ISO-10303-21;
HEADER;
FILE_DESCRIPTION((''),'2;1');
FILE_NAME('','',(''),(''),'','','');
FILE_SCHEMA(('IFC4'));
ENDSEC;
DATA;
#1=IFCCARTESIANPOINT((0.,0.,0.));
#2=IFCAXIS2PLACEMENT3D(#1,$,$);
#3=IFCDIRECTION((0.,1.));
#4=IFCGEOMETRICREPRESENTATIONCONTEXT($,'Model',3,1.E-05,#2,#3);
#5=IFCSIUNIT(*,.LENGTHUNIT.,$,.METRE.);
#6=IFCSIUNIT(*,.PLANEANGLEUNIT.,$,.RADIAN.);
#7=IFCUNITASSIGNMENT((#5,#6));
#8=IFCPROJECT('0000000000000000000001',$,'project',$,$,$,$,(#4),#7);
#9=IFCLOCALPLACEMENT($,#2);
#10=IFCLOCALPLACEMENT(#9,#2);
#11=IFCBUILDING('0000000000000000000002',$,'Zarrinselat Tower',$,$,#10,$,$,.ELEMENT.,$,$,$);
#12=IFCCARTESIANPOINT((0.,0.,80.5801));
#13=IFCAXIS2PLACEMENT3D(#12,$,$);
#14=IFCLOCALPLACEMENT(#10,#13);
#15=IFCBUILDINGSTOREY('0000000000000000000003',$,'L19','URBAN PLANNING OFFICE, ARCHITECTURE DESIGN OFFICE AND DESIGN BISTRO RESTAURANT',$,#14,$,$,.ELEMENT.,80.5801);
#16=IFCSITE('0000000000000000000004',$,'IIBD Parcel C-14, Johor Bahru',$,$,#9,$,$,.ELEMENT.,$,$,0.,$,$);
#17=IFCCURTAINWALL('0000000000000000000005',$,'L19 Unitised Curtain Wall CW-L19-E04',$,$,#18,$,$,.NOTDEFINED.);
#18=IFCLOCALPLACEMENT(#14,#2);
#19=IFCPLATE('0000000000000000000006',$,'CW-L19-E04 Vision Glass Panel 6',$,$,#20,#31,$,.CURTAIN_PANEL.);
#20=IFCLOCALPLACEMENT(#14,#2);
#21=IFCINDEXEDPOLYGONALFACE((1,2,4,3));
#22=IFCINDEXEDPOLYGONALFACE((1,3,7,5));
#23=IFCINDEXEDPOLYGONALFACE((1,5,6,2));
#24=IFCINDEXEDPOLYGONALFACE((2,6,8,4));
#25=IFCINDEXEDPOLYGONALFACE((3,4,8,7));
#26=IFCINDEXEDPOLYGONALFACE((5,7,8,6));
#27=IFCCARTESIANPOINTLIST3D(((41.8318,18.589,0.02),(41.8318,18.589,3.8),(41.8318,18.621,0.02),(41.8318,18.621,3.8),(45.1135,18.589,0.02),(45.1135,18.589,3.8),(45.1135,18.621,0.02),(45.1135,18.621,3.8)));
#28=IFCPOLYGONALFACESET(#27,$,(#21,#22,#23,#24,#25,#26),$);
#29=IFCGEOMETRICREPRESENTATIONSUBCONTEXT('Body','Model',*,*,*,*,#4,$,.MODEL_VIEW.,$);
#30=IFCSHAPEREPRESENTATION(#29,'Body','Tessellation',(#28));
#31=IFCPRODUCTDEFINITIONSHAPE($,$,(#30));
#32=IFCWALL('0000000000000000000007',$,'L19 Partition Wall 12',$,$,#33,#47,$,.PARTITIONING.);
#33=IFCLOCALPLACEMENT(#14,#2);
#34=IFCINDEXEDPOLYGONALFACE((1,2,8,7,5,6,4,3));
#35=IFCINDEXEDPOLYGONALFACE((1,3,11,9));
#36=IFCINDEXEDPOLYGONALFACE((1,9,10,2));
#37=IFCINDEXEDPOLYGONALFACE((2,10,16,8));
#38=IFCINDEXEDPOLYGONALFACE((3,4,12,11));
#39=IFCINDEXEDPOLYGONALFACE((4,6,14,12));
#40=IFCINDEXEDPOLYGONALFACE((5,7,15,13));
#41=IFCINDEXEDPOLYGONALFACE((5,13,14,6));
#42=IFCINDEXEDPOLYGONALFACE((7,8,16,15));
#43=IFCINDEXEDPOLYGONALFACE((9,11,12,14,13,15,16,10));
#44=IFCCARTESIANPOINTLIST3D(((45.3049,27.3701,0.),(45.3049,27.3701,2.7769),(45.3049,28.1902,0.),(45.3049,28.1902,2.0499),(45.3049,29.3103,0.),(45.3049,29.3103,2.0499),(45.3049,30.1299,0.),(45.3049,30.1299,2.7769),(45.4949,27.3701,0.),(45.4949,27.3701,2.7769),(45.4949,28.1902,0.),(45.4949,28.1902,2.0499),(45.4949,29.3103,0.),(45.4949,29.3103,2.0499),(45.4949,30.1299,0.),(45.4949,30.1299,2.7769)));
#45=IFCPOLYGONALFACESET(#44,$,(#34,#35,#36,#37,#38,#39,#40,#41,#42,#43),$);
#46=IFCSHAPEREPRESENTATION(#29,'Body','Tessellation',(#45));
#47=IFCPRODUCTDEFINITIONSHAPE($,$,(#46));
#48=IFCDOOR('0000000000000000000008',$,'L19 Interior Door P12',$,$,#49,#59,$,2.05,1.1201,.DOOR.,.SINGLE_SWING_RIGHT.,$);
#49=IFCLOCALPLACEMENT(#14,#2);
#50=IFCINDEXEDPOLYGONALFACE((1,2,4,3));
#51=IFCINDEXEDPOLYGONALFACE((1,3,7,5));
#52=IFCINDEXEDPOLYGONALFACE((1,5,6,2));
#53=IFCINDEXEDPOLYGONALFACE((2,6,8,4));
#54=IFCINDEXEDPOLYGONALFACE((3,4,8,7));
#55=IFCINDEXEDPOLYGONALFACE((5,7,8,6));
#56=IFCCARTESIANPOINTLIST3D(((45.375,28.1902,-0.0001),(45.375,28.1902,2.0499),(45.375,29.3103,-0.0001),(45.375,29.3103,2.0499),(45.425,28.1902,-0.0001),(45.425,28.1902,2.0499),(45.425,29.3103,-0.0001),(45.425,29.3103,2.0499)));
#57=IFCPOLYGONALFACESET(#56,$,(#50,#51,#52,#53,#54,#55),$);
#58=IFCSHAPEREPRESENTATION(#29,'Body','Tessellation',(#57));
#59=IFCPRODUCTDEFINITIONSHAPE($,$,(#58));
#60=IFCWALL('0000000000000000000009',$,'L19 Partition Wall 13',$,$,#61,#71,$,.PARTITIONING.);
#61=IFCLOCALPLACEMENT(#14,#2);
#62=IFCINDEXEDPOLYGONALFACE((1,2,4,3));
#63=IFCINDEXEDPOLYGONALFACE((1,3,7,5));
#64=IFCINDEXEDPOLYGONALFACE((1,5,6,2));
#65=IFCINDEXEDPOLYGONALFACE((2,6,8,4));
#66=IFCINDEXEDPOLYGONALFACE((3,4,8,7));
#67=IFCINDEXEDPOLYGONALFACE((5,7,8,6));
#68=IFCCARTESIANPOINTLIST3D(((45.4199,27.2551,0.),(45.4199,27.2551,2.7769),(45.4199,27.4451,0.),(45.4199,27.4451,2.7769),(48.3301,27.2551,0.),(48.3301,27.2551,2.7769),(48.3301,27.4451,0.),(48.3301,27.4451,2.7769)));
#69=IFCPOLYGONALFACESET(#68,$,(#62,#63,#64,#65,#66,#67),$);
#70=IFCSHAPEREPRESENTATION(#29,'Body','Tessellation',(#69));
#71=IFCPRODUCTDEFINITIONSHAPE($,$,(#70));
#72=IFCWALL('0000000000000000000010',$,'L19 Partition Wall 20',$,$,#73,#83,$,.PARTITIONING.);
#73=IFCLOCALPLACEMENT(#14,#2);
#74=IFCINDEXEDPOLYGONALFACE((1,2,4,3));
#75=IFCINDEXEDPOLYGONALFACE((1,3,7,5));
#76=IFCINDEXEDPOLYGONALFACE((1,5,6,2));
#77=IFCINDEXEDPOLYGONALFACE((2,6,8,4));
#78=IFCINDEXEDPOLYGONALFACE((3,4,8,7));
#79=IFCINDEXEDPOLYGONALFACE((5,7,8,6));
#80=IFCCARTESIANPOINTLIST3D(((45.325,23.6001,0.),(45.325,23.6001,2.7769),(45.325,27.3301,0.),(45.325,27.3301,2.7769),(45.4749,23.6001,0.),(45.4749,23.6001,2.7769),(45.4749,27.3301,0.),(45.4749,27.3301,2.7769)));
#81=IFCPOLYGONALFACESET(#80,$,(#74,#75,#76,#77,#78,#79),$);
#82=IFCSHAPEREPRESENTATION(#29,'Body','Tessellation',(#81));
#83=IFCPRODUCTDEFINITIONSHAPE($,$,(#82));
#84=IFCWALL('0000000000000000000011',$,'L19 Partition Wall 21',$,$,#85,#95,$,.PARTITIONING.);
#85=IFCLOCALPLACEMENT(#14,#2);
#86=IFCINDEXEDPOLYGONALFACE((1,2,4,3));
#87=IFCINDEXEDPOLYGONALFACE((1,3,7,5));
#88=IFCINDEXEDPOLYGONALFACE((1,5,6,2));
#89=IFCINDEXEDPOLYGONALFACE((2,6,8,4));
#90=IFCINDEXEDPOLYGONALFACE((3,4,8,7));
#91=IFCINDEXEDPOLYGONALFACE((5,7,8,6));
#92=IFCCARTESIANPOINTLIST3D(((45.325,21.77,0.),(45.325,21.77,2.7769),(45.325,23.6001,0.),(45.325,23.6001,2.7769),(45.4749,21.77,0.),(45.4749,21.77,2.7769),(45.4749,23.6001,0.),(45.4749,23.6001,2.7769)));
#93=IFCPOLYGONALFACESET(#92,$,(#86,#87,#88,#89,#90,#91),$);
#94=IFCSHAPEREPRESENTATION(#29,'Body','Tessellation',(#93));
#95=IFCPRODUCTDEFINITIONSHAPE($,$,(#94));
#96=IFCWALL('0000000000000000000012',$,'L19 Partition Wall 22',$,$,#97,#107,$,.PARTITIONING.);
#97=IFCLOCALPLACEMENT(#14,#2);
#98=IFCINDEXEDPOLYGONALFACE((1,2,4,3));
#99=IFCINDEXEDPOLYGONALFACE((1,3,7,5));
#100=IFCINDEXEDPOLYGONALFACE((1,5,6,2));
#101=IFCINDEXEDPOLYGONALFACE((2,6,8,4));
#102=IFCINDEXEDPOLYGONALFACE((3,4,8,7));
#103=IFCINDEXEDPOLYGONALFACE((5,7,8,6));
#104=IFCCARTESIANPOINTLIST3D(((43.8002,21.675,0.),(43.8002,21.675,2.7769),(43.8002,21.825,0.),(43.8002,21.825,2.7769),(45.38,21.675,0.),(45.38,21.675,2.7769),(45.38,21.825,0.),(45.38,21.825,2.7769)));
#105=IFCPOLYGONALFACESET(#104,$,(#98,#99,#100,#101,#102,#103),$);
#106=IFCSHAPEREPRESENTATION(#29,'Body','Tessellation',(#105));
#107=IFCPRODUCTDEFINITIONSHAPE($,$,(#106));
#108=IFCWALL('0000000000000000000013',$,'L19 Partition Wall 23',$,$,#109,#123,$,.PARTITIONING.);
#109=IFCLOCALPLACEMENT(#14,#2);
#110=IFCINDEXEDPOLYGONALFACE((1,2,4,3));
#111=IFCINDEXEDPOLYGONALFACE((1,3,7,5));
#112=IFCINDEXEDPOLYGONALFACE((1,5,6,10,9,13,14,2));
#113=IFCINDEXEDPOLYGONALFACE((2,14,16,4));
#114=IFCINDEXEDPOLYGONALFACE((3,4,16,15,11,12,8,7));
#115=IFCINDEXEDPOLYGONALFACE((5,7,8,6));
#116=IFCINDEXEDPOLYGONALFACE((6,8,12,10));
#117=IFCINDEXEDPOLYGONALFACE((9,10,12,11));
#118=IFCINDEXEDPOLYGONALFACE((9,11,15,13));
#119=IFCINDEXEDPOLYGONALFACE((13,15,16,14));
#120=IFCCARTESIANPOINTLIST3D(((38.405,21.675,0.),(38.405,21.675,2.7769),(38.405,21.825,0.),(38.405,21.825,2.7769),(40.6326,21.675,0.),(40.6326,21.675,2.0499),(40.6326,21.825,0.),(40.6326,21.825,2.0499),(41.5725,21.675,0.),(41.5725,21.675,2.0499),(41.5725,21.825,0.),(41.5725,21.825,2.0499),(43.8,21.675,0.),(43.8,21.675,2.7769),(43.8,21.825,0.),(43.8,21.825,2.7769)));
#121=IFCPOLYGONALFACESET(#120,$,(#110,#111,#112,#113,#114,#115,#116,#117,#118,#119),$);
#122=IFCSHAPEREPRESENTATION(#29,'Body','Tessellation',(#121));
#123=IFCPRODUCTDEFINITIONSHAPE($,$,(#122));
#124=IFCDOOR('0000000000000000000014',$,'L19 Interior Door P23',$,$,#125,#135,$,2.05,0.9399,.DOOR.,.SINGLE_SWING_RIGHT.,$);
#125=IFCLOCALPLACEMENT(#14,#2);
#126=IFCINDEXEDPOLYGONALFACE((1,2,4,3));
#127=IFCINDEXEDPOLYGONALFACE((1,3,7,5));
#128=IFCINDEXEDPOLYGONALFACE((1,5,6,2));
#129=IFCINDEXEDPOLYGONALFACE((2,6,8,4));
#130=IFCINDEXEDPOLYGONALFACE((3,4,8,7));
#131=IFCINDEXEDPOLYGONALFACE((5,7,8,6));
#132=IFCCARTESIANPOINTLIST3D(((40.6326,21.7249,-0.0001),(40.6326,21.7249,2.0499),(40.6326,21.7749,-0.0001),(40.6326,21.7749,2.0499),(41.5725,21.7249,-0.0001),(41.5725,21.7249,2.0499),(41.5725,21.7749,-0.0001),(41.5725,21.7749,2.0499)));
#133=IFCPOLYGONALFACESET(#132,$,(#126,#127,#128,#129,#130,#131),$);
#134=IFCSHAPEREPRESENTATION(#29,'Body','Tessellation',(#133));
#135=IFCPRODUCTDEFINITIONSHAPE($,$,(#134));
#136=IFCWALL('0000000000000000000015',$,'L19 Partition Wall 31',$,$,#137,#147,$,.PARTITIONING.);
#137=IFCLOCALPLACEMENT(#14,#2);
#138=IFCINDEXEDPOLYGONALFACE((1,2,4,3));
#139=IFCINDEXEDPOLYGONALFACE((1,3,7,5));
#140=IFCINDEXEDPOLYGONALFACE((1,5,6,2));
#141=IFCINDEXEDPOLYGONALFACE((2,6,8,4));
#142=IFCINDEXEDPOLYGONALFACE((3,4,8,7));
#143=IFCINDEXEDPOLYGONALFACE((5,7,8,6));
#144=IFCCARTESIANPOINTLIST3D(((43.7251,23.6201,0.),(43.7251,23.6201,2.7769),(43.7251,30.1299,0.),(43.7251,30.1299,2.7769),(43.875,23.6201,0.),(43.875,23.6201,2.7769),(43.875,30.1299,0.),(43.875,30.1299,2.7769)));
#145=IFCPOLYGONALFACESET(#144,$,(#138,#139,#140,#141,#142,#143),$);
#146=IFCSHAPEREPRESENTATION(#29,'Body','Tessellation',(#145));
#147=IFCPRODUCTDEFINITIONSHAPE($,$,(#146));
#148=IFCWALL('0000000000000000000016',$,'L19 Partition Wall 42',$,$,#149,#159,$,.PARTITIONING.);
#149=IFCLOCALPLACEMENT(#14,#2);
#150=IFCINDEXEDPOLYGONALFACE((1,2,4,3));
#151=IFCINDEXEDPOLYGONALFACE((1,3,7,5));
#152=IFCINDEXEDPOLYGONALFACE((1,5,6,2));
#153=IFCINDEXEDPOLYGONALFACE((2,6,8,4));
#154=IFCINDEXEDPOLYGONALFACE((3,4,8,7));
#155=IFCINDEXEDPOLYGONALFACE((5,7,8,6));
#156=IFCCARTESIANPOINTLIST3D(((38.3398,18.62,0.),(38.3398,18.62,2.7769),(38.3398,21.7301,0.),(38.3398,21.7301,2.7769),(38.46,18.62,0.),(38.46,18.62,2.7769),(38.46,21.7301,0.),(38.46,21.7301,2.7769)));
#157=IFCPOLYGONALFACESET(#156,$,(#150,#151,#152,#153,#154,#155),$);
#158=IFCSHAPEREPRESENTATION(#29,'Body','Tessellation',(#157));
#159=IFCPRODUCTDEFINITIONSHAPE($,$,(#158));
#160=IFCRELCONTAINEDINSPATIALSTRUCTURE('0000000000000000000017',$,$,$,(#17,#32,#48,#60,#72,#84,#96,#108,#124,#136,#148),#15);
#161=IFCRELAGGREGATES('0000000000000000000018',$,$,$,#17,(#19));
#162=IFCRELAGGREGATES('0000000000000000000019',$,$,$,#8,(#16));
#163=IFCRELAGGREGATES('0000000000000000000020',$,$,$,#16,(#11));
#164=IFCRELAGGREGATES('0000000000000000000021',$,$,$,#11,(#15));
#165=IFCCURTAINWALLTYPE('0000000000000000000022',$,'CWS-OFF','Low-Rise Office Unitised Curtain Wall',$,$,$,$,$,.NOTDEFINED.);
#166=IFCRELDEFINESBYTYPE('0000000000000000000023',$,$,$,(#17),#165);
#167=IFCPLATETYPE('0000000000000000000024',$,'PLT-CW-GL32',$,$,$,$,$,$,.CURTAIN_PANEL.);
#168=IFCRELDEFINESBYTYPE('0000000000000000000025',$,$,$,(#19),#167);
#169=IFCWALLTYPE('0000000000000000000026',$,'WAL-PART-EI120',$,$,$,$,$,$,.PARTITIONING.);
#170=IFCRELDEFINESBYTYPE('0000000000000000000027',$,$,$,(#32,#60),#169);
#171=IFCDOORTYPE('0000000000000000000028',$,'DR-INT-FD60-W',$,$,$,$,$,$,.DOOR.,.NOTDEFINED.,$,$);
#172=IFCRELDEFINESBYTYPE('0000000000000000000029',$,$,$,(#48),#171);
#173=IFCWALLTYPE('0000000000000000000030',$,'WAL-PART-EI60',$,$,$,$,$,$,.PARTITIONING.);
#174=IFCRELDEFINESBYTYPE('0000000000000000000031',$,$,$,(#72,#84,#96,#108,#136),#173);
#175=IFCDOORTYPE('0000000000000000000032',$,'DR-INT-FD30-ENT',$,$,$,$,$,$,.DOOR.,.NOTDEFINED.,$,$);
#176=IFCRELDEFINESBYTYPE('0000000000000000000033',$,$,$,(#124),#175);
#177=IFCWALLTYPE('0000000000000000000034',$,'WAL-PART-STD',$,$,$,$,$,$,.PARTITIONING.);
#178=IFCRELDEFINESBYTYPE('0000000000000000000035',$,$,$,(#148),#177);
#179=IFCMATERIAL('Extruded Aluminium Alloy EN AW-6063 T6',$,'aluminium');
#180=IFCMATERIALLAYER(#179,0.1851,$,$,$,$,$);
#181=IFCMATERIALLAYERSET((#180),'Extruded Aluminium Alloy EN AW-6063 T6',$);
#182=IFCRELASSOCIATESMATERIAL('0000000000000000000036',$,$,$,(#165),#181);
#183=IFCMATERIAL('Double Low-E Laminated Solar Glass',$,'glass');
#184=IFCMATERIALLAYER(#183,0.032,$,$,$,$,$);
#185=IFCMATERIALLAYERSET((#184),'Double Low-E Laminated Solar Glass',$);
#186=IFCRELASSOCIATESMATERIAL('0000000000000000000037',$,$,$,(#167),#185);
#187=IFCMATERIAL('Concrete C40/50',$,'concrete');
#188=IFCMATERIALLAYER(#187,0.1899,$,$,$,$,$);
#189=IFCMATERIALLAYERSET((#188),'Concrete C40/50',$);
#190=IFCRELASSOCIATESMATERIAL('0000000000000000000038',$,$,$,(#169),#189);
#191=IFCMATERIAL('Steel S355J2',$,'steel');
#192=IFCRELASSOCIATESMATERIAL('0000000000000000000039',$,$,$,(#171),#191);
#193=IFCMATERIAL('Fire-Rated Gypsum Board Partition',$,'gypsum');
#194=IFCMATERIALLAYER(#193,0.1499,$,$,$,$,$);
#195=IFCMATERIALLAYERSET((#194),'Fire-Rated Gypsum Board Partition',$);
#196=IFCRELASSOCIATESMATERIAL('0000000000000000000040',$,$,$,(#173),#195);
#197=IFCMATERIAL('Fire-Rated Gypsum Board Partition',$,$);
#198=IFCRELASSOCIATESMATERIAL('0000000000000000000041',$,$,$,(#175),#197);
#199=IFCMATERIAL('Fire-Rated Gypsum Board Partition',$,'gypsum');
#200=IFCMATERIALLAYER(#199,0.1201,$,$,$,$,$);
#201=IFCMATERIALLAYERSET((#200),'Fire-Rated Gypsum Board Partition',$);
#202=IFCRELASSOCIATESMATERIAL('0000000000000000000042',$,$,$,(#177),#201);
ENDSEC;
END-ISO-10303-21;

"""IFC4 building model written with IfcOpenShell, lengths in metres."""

from ifc_helpers import new_model, si_unit, direction, frame, frame_2d, origin, origin_2d, place, context, subcontext, project, spatial, rectangle, extrude, material, layer, layer_set, type_object, element, fill, aggregate, save


model = new_model("IFC4")

# Units and contexts
model_context = context("Model", 3, precision=1e-05, world=origin(), true_north=direction((0.0, 1.0)))
body_context = subcontext(model_context, "Body", "Model", "MODEL_VIEW")
ifc_project = project(units=[si_unit("LENGTHUNIT", "METRE"), si_unit("PLANEANGLEUNIT", "RADIAN")], contexts=[model_context])

# Site, building, storey
site_placement = place(None, origin())
site = spatial("IfcSite", under=ifc_project, at=site_placement, Name="IIBD Parcel C-14, Johor Bahru", CompositionType="ELEMENT", RefElevation=0.0)
building_placement = place(site_placement, origin())
building = spatial("IfcBuilding", under=site, at=building_placement, Name="Zarrinselat Tower", CompositionType="ELEMENT")
storey_placement = place(building_placement, frame((0.0, 0.0, 80.5801)))
storey = spatial("IfcBuildingStorey", under=building, at=storey_placement, Name="L19", Description="URBAN PLANNING OFFICE, ARCHITECTURE DESIGN OFFICE AND DESIGN BISTRO RESTAURANT", CompositionType="ELEMENT", Elevation=80.5801)

# Curtain wall, plate
ifc_material_1 = material(Name="Extruded Aluminium Alloy EN AW-6063 T6", Category="aluminium")
ifc_layer_1 = layer(ifc_material_1, 0.1851)
ifc_layer_set_1 = layer_set([ifc_layer_1], Name="Extruded Aluminium Alloy EN AW-6063 T6")
curtain_wall_type = type_object("IfcCurtainWallType", Name="CWS-OFF", Description="Low-Rise Office Unitised Curtain Wall", PredefinedType="NOTDEFINED", material=ifc_layer_set_1)
curtain_wall_placement = place(storey_placement, origin())
curtain_wall = element("IfcCurtainWall", 1, at=curtain_wall_placement, inside=storey, type_object=curtain_wall_type, Name="L19 Unitised Curtain Wall CW-L19-E04", PredefinedType="NOTDEFINED")
ifc_material_2 = material(Name="Double Low-E Laminated Solar Glass", Category="glass")
ifc_layer_2 = layer(ifc_material_2, 0.032)
ifc_layer_set_2 = layer_set([ifc_layer_2], Name="Double Low-E Laminated Solar Glass")
plate_type = type_object("IfcPlateType", Name="PLT-CW-GL32", PredefinedType="CURTAIN_PANEL", material=ifc_layer_set_2)
plate_1_placement = place(storey_placement, frame((43.4727, 18.605, 0.02), z_axis=(0.0, 0.0, 1.0), x_axis=(1.0, 0.0, 0.0)))
plate_1 = element("IfcPlate", 2, at=plate_1_placement, type_object=plate_type, Name="CW-L19-E04 Vision Glass Panel 6", PredefinedType="CURTAIN_PANEL", context=body_context, shape_type="SweptSolid", body=[
    extrude(rectangle(XDim=3.2817, YDim=0.032, at=origin_2d()), origin(), (0.0, 0.0, 1.0), 3.78),
])
aggregate(curtain_wall, [plate_1])

# Wall, opening, door
ifc_material_3 = material(Name="Concrete C40/50", Category="concrete")
ifc_layer_3 = layer(ifc_material_3, 0.1899)
ifc_layer_set_3 = layer_set([ifc_layer_3], Name="Concrete C40/50")
wall_type_1 = type_object("IfcWallType", Name="WAL-PART-EI120", PredefinedType="PARTITIONING", material=ifc_layer_set_3)
wall_1_placement = place(storey_placement, frame((45.3999, 27.3701, 0.0), z_axis=(0.0, 0.0, 1.0), x_axis=(0.0, 1.0, 0.0)))
wall_1 = element("IfcWall", 3, at=wall_1_placement, inside=storey, type_object=wall_type_1, Name="L19 Partition Wall 12", PredefinedType="PARTITIONING", context=body_context, shape_type="SweptSolid", body=[
    extrude(rectangle(XDim=2.7598, YDim=0.1899, at=frame_2d((1.3799, 0.0))), origin(), (0.0, 0.0, 1.0), 2.7769),
])
opening_1_placement = place(wall_1_placement, frame((0.8201, 0.0, 0.0)))
opening_1 = element("IfcOpeningElement", 4, at=opening_1_placement, cuts=wall_1, PredefinedType="OPENING", context=body_context, shape_type="SweptSolid", body=[
    extrude(rectangle(XDim=1.1201, YDim=2.05, at=frame_2d((0.5601, 1.0249))), frame((0.0, 0.105, 0.0), z_axis=(0.0, -1.0, 0.0), x_axis=(1.0, 0.0, 0.0)), (0.0, 0.0, 1.0), 0.21),
])
ifc_material_4 = material(Name="Steel S355J2", Category="steel")
door_type_1 = type_object("IfcDoorType", Name="DR-INT-FD60-W", OperationType="NOTDEFINED", PredefinedType="DOOR", material=ifc_material_4)
door_1_placement = place(opening_1_placement, origin())
door_1 = element("IfcDoor", 5, at=door_1_placement, inside=storey, type_object=door_type_1, Name="L19 Interior Door P12", OperationType="SINGLE_SWING_RIGHT", OverallHeight=2.05, OverallWidth=1.1201, PredefinedType="DOOR", context=body_context, shape_type="SweptSolid", body=[
    extrude(rectangle(XDim=1.1201, YDim=2.05, at=frame_2d((0.5601, 1.0249))), frame((0.0, 0.0249, 0.0), z_axis=(0.0, -1.0, 0.0), x_axis=(1.0, 0.0, 0.0)), (0.0, 0.0, 1.0), 0.05),
])
fill(opening_1, door_1)

# Walls
wall_2_placement = place(storey_placement, frame((45.4199, 27.3501, 0.0), z_axis=(0.0, 0.0, 1.0), x_axis=(1.0, 0.0, 0.0)))
element("IfcWall", 6, at=wall_2_placement, inside=storey, type_object=wall_type_1, Name="L19 Partition Wall 13", PredefinedType="PARTITIONING", context=body_context, shape_type="SweptSolid", body=[
    extrude(rectangle(XDim=2.9102, YDim=0.1899, at=frame_2d((1.4551, 0.0))), origin(), (0.0, 0.0, 1.0), 2.7769),
])
ifc_material_5 = material(Name="Fire-Rated Gypsum Board Partition", Category="gypsum")
ifc_layer_4 = layer(ifc_material_5, 0.1499)
ifc_layer_set_4 = layer_set([ifc_layer_4], Name="Fire-Rated Gypsum Board Partition")
wall_type_2 = type_object("IfcWallType", Name="WAL-PART-EI60", PredefinedType="PARTITIONING", material=ifc_layer_set_4)
wall_3_placement = place(storey_placement, frame((45.3999, 23.6001, 0.0), z_axis=(0.0, 0.0, 1.0), x_axis=(0.0, 1.0, 0.0)))
element("IfcWall", 7, at=wall_3_placement, inside=storey, type_object=wall_type_2, Name="L19 Partition Wall 20", PredefinedType="PARTITIONING", context=body_context, shape_type="SweptSolid", body=[
    extrude(rectangle(XDim=3.73, YDim=0.1499, at=frame_2d((1.865, 0.0))), origin(), (0.0, 0.0, 1.0), 2.7769),
])
wall_4_placement = place(storey_placement, frame((45.3999, 21.77, 0.0), z_axis=(0.0, 0.0, 1.0), x_axis=(0.0, 1.0, 0.0)))
element("IfcWall", 8, at=wall_4_placement, inside=storey, type_object=wall_type_2, Name="L19 Partition Wall 21", PredefinedType="PARTITIONING", context=body_context, shape_type="SweptSolid", body=[
    extrude(rectangle(XDim=1.8301, YDim=0.1499, at=frame_2d((0.915, 0.0))), origin(), (0.0, 0.0, 1.0), 2.7769),
])
wall_5_placement = place(storey_placement, frame((43.8, 21.75, 0.0), z_axis=(0.0, 0.0, 1.0), x_axis=(1.0, 0.0, 0.0)))
element("IfcWall", 9, at=wall_5_placement, inside=storey, type_object=wall_type_2, Name="L19 Partition Wall 22", PredefinedType="PARTITIONING", context=body_context, shape_type="SweptSolid", body=[
    extrude(rectangle(XDim=1.5798, YDim=0.1499, at=frame_2d((0.79, 0.0))), origin(), (0.0, 0.0, 1.0), 2.7769),
])

# Wall, opening, door
wall_6_placement = place(storey_placement, frame((38.405, 21.75, 0.0), z_axis=(0.0, 0.0, 1.0), x_axis=(1.0, 0.0, 0.0)))
wall_6 = element("IfcWall", 10, at=wall_6_placement, inside=storey, type_object=wall_type_2, Name="L19 Partition Wall 23", PredefinedType="PARTITIONING", context=body_context, shape_type="SweptSolid", body=[
    extrude(rectangle(XDim=5.395, YDim=0.1499, at=frame_2d((2.6975, 0.0))), origin(), (0.0, 0.0, 1.0), 2.7769),
])
opening_2_placement = place(wall_6_placement, frame((2.2275, 0.0, 0.0)))
opening_2 = element("IfcOpeningElement", 11, at=opening_2_placement, cuts=wall_6, PredefinedType="OPENING", context=body_context, shape_type="SweptSolid", body=[
    extrude(rectangle(XDim=0.9399, YDim=2.05, at=frame_2d((0.47, 1.0249))), frame((0.0, 0.085, 0.0), z_axis=(0.0, -1.0, 0.0), x_axis=(1.0, 0.0, 0.0)), (0.0, 0.0, 1.0), 0.1699),
])
ifc_material_6 = material(Name="Fire-Rated Gypsum Board Partition")
door_type_2 = type_object("IfcDoorType", Name="DR-INT-FD30-ENT", OperationType="NOTDEFINED", PredefinedType="DOOR", material=ifc_material_6)
door_2_placement = place(opening_2_placement, origin())
door_2 = element("IfcDoor", 12, at=door_2_placement, inside=storey, type_object=door_type_2, Name="L19 Interior Door P23", OperationType="SINGLE_SWING_RIGHT", OverallHeight=2.05, OverallWidth=0.9399, PredefinedType="DOOR", context=body_context, shape_type="SweptSolid", body=[
    extrude(rectangle(XDim=0.9399, YDim=2.05, at=frame_2d((0.47, 1.0249))), frame((0.0, 0.0249, 0.0), z_axis=(0.0, -1.0, 0.0), x_axis=(1.0, 0.0, 0.0)), (0.0, 0.0, 1.0), 0.05),
])
fill(opening_2, door_2)

# Walls
wall_7_placement = place(storey_placement, frame((43.8, 23.6201, 0.0), z_axis=(0.0, 0.0, 1.0), x_axis=(0.0, 1.0, 0.0)))
element("IfcWall", 13, at=wall_7_placement, inside=storey, type_object=wall_type_2, Name="L19 Partition Wall 31", PredefinedType="PARTITIONING", context=body_context, shape_type="SweptSolid", body=[
    extrude(rectangle(XDim=6.5098, YDim=0.1499, at=frame_2d((3.2549, 0.0))), origin(), (0.0, 0.0, 1.0), 2.7769),
])
ifc_material_7 = material(Name="Fire-Rated Gypsum Board Partition", Category="gypsum")
ifc_layer_5 = layer(ifc_material_7, 0.1201)
ifc_layer_set_5 = layer_set([ifc_layer_5], Name="Fire-Rated Gypsum Board Partition")
wall_type_3 = type_object("IfcWallType", Name="WAL-PART-STD", PredefinedType="PARTITIONING", material=ifc_layer_set_5)
wall_8_placement = place(storey_placement, frame((38.3999, 18.6199, 0.0), z_axis=(0.0, 0.0, 1.0), x_axis=(0.0, 1.0, 0.0)))
element("IfcWall", 14, at=wall_8_placement, inside=storey, type_object=wall_type_3, Name="L19 Partition Wall 42", PredefinedType="PARTITIONING", context=body_context, shape_type="SweptSolid", body=[
    extrude(rectangle(XDim=3.1101, YDim=0.1201, at=frame_2d((1.5552, 0.0))), origin(), (0.0, 0.0, 1.0), 2.7769),
])

save(model, "model.ifc")
